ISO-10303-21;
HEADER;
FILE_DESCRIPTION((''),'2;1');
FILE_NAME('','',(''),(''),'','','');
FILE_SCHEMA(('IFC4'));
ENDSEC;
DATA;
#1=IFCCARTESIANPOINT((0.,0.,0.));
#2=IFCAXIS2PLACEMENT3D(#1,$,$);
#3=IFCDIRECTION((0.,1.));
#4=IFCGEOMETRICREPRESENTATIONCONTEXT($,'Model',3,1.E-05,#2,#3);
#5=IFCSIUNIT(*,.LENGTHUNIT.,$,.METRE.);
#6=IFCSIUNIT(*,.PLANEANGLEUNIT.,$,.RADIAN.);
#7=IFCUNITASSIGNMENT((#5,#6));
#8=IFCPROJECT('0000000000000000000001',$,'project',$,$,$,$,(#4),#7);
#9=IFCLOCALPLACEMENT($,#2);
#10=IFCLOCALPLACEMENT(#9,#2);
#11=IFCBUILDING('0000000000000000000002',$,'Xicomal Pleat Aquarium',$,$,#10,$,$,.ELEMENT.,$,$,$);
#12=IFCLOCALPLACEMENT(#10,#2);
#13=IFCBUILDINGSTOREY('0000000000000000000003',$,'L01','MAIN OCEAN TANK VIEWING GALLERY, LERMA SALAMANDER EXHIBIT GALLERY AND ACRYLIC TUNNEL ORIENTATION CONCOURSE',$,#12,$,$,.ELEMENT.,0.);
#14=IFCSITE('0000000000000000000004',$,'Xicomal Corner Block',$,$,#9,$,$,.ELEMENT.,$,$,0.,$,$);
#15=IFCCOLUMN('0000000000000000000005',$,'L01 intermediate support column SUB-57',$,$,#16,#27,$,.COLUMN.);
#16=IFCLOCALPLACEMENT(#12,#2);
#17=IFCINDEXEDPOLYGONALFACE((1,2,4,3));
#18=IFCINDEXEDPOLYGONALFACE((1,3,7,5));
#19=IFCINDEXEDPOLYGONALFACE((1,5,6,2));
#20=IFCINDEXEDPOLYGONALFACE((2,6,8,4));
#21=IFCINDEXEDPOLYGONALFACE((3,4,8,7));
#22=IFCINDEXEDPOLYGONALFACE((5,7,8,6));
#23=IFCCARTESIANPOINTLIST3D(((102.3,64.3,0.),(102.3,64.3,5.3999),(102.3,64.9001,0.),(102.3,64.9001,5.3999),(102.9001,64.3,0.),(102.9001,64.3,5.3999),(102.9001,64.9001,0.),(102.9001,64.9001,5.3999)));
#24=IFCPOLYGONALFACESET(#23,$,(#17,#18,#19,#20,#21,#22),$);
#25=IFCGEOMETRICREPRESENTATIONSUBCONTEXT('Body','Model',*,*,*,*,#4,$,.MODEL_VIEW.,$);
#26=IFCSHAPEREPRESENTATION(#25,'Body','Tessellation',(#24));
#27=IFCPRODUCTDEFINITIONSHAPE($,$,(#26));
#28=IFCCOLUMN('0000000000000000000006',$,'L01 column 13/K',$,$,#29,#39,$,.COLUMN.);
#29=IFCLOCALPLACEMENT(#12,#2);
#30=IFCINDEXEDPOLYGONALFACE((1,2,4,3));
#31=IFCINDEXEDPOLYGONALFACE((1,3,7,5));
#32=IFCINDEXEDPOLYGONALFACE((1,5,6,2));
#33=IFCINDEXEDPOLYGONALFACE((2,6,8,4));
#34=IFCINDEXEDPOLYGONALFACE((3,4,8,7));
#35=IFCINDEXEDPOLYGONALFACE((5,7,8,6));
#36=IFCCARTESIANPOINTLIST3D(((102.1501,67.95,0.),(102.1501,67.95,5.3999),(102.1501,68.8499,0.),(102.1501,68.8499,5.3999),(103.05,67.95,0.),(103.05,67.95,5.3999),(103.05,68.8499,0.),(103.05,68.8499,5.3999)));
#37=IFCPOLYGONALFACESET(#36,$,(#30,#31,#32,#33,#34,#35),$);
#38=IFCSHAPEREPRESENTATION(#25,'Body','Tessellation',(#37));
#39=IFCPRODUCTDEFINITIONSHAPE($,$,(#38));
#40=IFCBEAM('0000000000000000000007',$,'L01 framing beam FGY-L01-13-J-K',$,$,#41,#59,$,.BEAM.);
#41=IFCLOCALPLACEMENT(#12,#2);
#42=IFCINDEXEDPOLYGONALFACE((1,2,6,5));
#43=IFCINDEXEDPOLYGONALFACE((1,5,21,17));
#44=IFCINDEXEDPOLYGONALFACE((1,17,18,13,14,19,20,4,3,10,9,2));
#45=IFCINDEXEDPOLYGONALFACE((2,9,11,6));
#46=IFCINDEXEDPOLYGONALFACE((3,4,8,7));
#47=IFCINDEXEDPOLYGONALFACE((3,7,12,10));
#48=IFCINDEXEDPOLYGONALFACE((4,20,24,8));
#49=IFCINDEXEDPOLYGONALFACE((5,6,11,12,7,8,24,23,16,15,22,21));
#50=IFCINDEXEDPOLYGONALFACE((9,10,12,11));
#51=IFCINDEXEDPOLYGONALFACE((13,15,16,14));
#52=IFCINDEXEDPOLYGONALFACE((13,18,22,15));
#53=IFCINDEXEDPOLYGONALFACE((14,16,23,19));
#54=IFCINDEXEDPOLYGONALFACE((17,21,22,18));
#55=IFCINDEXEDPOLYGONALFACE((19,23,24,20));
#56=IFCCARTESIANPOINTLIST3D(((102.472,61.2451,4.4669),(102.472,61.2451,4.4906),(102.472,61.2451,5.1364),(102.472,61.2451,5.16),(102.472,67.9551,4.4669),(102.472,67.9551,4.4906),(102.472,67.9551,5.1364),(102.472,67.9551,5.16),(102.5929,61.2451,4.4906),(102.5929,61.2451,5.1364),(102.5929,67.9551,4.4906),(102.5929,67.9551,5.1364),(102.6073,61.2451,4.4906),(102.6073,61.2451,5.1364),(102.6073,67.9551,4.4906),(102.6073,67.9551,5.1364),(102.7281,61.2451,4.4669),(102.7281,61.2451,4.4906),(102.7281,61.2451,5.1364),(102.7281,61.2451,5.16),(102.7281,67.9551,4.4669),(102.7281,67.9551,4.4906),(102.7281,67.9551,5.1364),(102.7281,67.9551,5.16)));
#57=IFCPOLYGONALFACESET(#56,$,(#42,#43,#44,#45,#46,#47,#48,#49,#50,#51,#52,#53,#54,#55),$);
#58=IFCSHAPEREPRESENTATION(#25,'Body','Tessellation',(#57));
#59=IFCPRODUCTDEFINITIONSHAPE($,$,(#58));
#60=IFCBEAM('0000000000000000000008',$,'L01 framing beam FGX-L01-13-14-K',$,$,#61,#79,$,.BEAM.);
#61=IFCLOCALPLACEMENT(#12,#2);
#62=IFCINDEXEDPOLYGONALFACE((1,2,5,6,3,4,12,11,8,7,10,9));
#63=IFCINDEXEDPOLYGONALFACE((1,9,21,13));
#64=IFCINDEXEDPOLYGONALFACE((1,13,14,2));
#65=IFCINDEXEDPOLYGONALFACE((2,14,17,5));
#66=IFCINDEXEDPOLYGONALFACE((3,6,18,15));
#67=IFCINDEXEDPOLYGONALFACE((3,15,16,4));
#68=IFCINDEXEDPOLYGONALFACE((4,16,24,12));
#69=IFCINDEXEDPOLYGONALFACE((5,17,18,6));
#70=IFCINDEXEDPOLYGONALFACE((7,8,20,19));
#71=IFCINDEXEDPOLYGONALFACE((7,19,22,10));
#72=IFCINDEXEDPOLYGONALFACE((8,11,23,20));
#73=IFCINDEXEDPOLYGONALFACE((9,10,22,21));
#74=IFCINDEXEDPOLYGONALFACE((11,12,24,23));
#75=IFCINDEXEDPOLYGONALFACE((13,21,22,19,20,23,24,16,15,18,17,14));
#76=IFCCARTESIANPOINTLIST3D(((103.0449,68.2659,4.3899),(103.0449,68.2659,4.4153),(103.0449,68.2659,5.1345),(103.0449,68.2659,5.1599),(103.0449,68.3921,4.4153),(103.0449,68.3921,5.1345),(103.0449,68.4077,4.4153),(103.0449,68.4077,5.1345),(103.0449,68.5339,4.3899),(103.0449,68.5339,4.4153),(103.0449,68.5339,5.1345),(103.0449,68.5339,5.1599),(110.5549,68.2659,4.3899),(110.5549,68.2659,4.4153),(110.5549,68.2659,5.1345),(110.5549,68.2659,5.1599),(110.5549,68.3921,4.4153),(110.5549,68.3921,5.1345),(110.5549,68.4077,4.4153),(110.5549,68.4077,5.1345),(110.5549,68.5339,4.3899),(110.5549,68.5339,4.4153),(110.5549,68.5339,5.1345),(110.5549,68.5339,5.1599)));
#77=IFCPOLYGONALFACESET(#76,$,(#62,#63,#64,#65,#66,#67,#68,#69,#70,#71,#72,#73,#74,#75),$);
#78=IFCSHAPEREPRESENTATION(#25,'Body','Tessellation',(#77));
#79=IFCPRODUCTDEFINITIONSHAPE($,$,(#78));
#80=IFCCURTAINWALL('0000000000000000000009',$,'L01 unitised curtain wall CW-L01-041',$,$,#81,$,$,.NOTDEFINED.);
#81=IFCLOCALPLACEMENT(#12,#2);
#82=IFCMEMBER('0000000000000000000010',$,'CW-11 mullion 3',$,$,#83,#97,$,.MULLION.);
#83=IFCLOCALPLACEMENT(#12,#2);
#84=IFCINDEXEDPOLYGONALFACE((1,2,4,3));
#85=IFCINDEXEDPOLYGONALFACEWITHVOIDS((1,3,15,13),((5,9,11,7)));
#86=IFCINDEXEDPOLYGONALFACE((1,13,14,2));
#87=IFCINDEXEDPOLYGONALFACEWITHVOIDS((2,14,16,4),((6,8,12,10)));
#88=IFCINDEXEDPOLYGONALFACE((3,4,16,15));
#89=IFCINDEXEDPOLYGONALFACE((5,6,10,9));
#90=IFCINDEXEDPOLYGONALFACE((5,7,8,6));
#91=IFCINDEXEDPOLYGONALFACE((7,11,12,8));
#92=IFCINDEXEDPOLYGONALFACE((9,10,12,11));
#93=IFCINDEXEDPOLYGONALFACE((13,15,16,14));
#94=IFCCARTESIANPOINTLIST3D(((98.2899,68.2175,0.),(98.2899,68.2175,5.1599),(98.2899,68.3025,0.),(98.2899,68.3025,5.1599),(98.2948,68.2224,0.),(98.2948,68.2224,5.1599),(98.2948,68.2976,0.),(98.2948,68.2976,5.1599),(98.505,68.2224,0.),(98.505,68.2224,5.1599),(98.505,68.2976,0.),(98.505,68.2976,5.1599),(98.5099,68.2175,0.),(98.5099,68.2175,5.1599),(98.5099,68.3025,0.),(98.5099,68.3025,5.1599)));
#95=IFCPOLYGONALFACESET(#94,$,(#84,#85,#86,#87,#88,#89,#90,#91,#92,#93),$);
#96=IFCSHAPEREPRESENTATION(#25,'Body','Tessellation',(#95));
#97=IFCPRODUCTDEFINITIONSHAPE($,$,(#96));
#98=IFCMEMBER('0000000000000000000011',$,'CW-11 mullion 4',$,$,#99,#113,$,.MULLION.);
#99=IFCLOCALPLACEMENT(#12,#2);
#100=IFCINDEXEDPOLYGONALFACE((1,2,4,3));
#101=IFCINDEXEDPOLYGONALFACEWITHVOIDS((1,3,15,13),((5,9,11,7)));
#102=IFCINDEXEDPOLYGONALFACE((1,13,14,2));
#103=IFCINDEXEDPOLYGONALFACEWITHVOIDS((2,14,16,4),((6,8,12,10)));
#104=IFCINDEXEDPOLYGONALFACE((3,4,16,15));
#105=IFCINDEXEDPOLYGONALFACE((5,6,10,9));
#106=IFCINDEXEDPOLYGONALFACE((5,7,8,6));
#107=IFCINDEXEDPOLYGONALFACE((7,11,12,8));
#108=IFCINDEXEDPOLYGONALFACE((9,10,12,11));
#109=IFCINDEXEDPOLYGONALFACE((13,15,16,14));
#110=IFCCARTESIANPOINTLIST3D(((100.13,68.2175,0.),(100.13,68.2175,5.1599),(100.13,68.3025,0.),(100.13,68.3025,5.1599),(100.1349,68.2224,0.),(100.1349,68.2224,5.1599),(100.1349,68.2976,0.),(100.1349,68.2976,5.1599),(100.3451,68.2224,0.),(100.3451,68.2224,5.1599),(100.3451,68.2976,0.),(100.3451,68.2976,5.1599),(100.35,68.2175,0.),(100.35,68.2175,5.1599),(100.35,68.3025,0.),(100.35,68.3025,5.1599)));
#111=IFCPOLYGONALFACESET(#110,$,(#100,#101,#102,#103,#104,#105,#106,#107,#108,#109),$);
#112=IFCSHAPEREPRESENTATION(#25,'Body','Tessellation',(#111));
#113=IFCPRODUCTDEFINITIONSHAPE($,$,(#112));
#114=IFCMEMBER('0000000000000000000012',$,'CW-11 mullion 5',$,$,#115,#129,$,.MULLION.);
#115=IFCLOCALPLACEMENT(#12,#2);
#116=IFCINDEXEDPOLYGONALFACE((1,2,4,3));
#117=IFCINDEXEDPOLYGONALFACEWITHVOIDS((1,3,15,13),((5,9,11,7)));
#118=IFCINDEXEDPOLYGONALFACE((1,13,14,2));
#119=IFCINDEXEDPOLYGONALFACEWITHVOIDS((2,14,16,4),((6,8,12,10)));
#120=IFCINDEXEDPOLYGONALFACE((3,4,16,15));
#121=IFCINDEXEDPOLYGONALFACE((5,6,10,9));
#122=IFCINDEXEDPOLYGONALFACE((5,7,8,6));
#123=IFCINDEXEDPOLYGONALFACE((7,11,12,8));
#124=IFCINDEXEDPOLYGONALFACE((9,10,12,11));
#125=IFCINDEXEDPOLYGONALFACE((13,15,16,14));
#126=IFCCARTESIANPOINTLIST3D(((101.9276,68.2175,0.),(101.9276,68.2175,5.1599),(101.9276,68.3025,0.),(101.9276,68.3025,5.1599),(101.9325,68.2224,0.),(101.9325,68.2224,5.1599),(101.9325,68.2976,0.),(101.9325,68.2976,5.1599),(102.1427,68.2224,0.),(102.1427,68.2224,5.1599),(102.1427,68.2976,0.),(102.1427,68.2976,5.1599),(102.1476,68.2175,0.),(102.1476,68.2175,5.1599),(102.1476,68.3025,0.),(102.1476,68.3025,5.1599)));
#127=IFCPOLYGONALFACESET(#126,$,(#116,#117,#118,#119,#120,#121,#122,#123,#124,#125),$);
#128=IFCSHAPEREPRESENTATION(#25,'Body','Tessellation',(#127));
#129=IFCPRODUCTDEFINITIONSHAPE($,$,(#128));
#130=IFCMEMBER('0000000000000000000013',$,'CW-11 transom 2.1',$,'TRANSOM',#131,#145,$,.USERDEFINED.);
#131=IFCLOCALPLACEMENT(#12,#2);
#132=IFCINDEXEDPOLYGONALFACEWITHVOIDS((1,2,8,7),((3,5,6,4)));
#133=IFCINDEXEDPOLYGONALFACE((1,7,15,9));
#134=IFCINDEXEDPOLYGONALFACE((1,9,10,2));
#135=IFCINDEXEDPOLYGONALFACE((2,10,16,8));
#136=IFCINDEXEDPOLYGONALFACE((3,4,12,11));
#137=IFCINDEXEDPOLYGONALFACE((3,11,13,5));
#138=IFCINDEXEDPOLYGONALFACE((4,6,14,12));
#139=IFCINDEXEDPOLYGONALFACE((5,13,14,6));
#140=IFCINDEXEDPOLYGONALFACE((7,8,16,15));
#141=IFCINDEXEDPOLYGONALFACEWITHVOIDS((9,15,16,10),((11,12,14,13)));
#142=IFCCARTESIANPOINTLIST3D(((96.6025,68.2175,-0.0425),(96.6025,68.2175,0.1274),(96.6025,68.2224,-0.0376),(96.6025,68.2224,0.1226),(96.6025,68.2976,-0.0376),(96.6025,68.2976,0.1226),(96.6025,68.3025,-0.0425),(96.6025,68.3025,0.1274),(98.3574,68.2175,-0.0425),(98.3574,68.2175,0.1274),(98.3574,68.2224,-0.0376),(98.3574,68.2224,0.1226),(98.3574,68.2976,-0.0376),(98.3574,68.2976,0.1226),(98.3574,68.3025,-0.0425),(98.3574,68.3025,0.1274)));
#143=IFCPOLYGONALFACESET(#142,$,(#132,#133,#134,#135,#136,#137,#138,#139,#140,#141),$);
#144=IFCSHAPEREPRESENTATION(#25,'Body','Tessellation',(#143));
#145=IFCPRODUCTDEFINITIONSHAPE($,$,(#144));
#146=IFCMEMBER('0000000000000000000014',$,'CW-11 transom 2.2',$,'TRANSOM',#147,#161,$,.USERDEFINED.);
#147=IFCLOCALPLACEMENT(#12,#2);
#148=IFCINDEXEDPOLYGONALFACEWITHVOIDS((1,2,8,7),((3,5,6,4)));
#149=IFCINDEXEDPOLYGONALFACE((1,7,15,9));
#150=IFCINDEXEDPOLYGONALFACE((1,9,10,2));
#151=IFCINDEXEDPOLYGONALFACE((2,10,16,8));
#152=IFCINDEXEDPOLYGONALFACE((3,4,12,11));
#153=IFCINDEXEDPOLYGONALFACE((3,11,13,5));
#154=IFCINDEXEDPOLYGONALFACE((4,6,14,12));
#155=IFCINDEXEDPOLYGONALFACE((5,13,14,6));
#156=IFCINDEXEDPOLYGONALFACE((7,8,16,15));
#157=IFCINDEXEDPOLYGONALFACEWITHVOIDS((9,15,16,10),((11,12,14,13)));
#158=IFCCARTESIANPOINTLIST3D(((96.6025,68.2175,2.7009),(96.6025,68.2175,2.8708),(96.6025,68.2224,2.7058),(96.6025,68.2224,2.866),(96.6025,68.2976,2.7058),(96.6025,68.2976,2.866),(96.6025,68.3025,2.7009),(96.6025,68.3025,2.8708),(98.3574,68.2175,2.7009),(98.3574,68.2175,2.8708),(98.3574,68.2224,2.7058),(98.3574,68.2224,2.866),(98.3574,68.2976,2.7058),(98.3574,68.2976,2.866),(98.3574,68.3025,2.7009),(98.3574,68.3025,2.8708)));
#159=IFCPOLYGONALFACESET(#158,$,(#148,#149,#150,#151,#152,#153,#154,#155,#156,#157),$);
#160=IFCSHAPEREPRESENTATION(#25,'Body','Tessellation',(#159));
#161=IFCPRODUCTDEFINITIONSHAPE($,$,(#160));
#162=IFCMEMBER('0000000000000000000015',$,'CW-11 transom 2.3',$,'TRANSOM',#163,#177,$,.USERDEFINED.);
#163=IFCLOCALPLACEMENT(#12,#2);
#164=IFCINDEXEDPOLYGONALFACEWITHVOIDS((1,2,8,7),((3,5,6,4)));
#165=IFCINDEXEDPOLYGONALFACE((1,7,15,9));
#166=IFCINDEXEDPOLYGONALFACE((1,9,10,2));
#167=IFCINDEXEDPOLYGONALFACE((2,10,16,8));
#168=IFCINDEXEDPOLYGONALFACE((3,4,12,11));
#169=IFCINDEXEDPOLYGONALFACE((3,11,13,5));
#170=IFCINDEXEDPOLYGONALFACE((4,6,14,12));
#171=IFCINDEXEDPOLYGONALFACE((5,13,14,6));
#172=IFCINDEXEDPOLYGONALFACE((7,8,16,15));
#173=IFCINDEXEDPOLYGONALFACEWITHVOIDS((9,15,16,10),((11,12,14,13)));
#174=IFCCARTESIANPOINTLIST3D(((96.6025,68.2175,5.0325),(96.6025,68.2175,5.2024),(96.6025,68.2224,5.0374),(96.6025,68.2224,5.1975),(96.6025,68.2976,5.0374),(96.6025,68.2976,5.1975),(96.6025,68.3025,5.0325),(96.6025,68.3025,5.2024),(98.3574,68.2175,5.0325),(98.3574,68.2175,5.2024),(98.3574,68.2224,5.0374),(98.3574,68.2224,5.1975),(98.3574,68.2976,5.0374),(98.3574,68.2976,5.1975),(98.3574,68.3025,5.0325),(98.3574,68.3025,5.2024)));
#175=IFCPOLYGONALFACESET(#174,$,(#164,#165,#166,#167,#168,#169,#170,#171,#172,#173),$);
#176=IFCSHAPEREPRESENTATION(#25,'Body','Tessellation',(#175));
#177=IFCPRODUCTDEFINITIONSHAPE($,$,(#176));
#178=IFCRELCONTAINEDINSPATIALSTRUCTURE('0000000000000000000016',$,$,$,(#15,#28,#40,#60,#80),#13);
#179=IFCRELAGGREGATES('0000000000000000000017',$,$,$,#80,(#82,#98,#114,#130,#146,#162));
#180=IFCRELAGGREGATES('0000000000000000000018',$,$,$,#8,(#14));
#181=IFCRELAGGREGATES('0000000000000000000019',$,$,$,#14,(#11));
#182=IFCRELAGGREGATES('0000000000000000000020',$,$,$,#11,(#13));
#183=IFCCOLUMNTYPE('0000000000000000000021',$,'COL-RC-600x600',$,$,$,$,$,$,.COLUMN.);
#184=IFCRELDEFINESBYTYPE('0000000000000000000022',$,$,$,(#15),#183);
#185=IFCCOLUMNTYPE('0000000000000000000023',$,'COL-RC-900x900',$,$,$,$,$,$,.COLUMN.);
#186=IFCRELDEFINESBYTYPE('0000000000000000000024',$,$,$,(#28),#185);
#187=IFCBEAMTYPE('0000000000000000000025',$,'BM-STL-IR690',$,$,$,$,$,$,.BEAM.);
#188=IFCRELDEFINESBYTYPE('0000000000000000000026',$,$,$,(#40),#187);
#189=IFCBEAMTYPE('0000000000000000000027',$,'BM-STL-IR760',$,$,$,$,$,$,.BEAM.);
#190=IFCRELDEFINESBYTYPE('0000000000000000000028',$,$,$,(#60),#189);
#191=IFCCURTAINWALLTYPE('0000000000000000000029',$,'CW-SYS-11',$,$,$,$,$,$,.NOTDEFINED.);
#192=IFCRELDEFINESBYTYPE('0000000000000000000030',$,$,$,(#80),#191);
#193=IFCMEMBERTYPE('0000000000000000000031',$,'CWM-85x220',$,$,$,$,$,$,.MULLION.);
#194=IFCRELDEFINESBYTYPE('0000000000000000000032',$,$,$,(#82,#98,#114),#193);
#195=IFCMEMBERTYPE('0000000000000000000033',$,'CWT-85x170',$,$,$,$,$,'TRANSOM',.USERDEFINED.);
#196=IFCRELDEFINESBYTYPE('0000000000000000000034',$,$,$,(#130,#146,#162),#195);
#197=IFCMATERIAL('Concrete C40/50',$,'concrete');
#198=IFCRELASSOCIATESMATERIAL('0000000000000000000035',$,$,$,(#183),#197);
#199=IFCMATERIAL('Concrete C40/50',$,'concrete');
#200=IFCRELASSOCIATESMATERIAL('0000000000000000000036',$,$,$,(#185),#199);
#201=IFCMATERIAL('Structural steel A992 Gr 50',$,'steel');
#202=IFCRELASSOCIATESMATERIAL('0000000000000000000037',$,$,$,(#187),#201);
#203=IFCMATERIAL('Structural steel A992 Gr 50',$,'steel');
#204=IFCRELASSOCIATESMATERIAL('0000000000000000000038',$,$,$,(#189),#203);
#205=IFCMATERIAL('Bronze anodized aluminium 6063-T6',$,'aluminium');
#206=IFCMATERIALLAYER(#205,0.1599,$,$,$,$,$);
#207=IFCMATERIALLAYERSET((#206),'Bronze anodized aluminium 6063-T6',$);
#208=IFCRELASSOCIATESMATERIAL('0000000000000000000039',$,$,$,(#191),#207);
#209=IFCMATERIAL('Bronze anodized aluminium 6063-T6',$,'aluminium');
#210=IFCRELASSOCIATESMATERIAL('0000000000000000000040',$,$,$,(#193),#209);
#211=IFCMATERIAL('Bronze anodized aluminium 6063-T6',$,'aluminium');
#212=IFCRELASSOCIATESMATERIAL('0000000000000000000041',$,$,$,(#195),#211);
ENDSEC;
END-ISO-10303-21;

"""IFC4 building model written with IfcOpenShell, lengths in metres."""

from ifc_helpers import new_model, si_unit, direction, frame, origin, origin_2d, place, context, subcontext, project, spatial, rectangle, hollow_rectangle, i_section, extrude, material, layer, layer_set, material_profile, profile_set, type_object, element, aggregate, save


model = new_model("IFC4")

# Units and contexts
model_context = context("Model", 3, precision=1e-05, world=origin(), true_north=direction((0.0, 1.0)))
body_context = subcontext(model_context, "Body", "Model", "MODEL_VIEW")
ifc_project = project(units=[si_unit("LENGTHUNIT", "METRE"), si_unit("PLANEANGLEUNIT", "RADIAN")], contexts=[model_context])

# Site, building, storey
site_placement = place(None, origin())
site = spatial("IfcSite", under=ifc_project, at=site_placement, Name="Xicomal Corner Block", CompositionType="ELEMENT", RefElevation=0.0)
building_placement = place(site_placement, origin())
building = spatial("IfcBuilding", under=site, at=building_placement, Name="Xicomal Pleat Aquarium", CompositionType="ELEMENT")
storey_placement = place(building_placement, origin())
storey = spatial("IfcBuildingStorey", under=building, at=storey_placement, Name="L01", Description="MAIN OCEAN TANK VIEWING GALLERY, LERMA SALAMANDER EXHIBIT GALLERY AND ACRYLIC TUNNEL ORIENTATION CONCOURSE", CompositionType="ELEMENT", Elevation=0.0)

# Columns
ifc_material_1 = material(Name="Concrete C40/50", Category="concrete")
ifc_material_profile_1 = material_profile(ifc_material_1, rectangle(XDim=0.6001, YDim=0.6001, at=origin_2d()), Name="RC 600x600")
ifc_profile_set_1 = profile_set([ifc_material_profile_1], Name="Concrete C40/50")
column_type_1 = type_object("IfcColumnType", Name="COL-RC-600x600", PredefinedType="COLUMN", material=ifc_profile_set_1)
column_1_placement = place(storey_placement, frame((102.6001, 64.6001, 0.0), z_axis=(0.0, 0.0, 1.0), x_axis=(1.0, 0.0, 0.0)))
element("IfcColumn", 1, at=column_1_placement, inside=storey, type_object=column_type_1, Name="L01 intermediate support column SUB-57", PredefinedType="COLUMN", context=body_context, shape_type="SweptSolid", body=[
    extrude(rectangle(XDim=0.6001, YDim=0.6001, at=origin_2d()), origin(), (0.0, 0.0, 1.0), 5.3999),
])
ifc_material_2 = material(Name="Concrete C40/50", Category="concrete")
ifc_material_profile_2 = material_profile(ifc_material_2, rectangle(XDim=0.8999, YDim=0.8999, at=origin_2d()), Name="RC 900x900")
ifc_profile_set_2 = profile_set([ifc_material_profile_2], Name="Concrete C40/50")
column_type_2 = type_object("IfcColumnType", Name="COL-RC-900x900", PredefinedType="COLUMN", material=ifc_profile_set_2)
column_2_placement = place(storey_placement, frame((102.6001, 68.3999, 0.0), z_axis=(0.0, 0.0, 1.0), x_axis=(1.0, 0.0, 0.0)))
element("IfcColumn", 2, at=column_2_placement, inside=storey, type_object=column_type_2, Name="L01 column 13/K", PredefinedType="COLUMN", context=body_context, shape_type="SweptSolid", body=[
    extrude(rectangle(XDim=0.8999, YDim=0.8999, at=origin_2d()), origin(), (0.0, 0.0, 1.0), 5.3999),
])

# Beams
ifc_material_3 = material(Name="Structural steel A992 Gr 50", Category="steel")
ifc_material_profile_3 = material_profile(ifc_material_3, i_section(OverallWidth=0.2561, OverallDepth=0.6931, WebThickness=0.0144, FlangeThickness=0.0237, at=origin_2d()), Name="IR 690x170")
ifc_profile_set_3 = profile_set([ifc_material_profile_3], Name="Structural steel A992 Gr 50")
beam_type_1 = type_object("IfcBeamType", Name="BM-STL-IR690", PredefinedType="BEAM", material=ifc_profile_set_3)
beam_1_placement = place(storey_placement, frame((102.6001, 61.2451, 4.8135), z_axis=(0.0, 1.0, 0.0), x_axis=(-1.0, 0.0, 0.0)))
element("IfcBeam", 3, at=beam_1_placement, inside=storey, type_object=beam_type_1, Name="L01 framing beam FGY-L01-13-J-K", PredefinedType="BEAM", context=body_context, shape_type="SweptSolid", body=[
    extrude(i_section(OverallWidth=0.2561, OverallDepth=0.6931, WebThickness=0.0144, FlangeThickness=0.0237, at=origin_2d()), origin(), (0.0, 0.0, 1.0), 6.71),
])
ifc_material_4 = material(Name="Structural steel A992 Gr 50", Category="steel")
ifc_material_profile_4 = material_profile(ifc_material_4, i_section(OverallWidth=0.2681, OverallDepth=0.77, WebThickness=0.0156, FlangeThickness=0.0254, at=origin_2d()), Name="IR 760x196")
ifc_profile_set_4 = profile_set([ifc_material_profile_4], Name="Structural steel A992 Gr 50")
beam_type_2 = type_object("IfcBeamType", Name="BM-STL-IR760", PredefinedType="BEAM", material=ifc_profile_set_4)
beam_2_placement = place(storey_placement, frame((103.0449, 68.3999, 4.7749), z_axis=(1.0, 0.0, 0.0), x_axis=(0.0, 1.0, 0.0)))
element("IfcBeam", 4, at=beam_2_placement, inside=storey, type_object=beam_type_2, Name="L01 framing beam FGX-L01-13-14-K", PredefinedType="BEAM", context=body_context, shape_type="SweptSolid", body=[
    extrude(i_section(OverallWidth=0.2681, OverallDepth=0.77, WebThickness=0.0156, FlangeThickness=0.0254, at=origin_2d()), origin(), (0.0, 0.0, 1.0), 7.51),
])

# Curtain wall, members
ifc_material_5 = material(Name="Bronze anodized aluminium 6063-T6", Category="aluminium")
ifc_layer_1 = layer(ifc_material_5, 0.1599)
ifc_layer_set_1 = layer_set([ifc_layer_1], Name="Bronze anodized aluminium 6063-T6")
curtain_wall_type = type_object("IfcCurtainWallType", Name="CW-SYS-11", PredefinedType="NOTDEFINED", material=ifc_layer_set_1)
curtain_wall_placement = place(storey_placement, origin())
curtain_wall = element("IfcCurtainWall", 5, at=curtain_wall_placement, inside=storey, type_object=curtain_wall_type, Name="L01 unitised curtain wall CW-L01-041", PredefinedType="NOTDEFINED")
ifc_material_6 = material(Name="Bronze anodized aluminium 6063-T6", Category="aluminium")
ifc_material_profile_5 = material_profile(ifc_material_6, hollow_rectangle(XDim=0.085, YDim=0.22, WallThickness=0.0049, at=origin_2d()), Name="ALU MULL 85x220")
ifc_profile_set_5 = profile_set([ifc_material_profile_5], Name="Bronze anodized aluminium 6063-T6")
member_type_1 = type_object("IfcMemberType", Name="CWM-85x220", PredefinedType="MULLION", material=ifc_profile_set_5)
member_1_placement = place(storey_placement, frame((98.3999, 68.26, 0.0), z_axis=(0.0, 0.0, 1.0), x_axis=(0.0, 1.0, 0.0)))
member_1 = element("IfcMember", 6, at=member_1_placement, type_object=member_type_1, Name="CW-11 mullion 3", PredefinedType="MULLION", context=body_context, shape_type="SweptSolid", body=[
    extrude(hollow_rectangle(XDim=0.085, YDim=0.22, WallThickness=0.0049, at=origin_2d()), origin(), (0.0, 0.0, 1.0), 5.1599),
])
member_2_placement = place(storey_placement, frame((100.24, 68.26, 0.0), z_axis=(0.0, 0.0, 1.0), x_axis=(0.0, 1.0, 0.0)))
member_2 = element("IfcMember", 7, at=member_2_placement, type_object=member_type_1, Name="CW-11 mullion 4", PredefinedType="MULLION", context=body_context, shape_type="SweptSolid", body=[
    extrude(hollow_rectangle(XDim=0.085, YDim=0.22, WallThickness=0.0049, at=origin_2d()), origin(), (0.0, 0.0, 1.0), 5.1599),
])
member_3_placement = place(storey_placement, frame((102.0376, 68.26, 0.0), z_axis=(0.0, 0.0, 1.0), x_axis=(0.0, 1.0, 0.0)))
member_3 = element("IfcMember", 8, at=member_3_placement, type_object=member_type_1, Name="CW-11 mullion 5", PredefinedType="MULLION", context=body_context, shape_type="SweptSolid", body=[
    extrude(hollow_rectangle(XDim=0.085, YDim=0.22, WallThickness=0.0049, at=origin_2d()), origin(), (0.0, 0.0, 1.0), 5.1599),
])
ifc_material_7 = material(Name="Bronze anodized aluminium 6063-T6", Category="aluminium")
ifc_material_profile_6 = material_profile(ifc_material_7, hollow_rectangle(XDim=0.085, YDim=0.1699, WallThickness=0.0049, at=origin_2d()), Name="ALU TRAN 85x170")
ifc_profile_set_6 = profile_set([ifc_material_profile_6], Name="Bronze anodized aluminium 6063-T6")
member_type_2 = type_object("IfcMemberType", Name="CWT-85x170", ElementType="TRANSOM", PredefinedType="USERDEFINED", material=ifc_profile_set_6)
member_4_placement = place(storey_placement, frame((96.6025, 68.26, 0.0425), z_axis=(1.0, 0.0, 0.0), x_axis=(0.0, 1.0, 0.0)))
member_4 = element("IfcMember", 9, at=member_4_placement, type_object=member_type_2, Name="CW-11 transom 2.1", ObjectType="TRANSOM", PredefinedType="USERDEFINED", context=body_context, shape_type="SweptSolid", body=[
    extrude(hollow_rectangle(XDim=0.085, YDim=0.1699, WallThickness=0.0049, at=origin_2d()), origin(), (0.0, 0.0, 1.0), 1.7549),
])
member_5_placement = place(storey_placement, frame((96.6025, 68.26, 2.7859), z_axis=(1.0, 0.0, 0.0), x_axis=(0.0, 1.0, 0.0)))
member_5 = element("IfcMember", 10, at=member_5_placement, type_object=member_type_2, Name="CW-11 transom 2.2", ObjectType="TRANSOM", PredefinedType="USERDEFINED", context=body_context, shape_type="SweptSolid", body=[
    extrude(hollow_rectangle(XDim=0.085, YDim=0.1699, WallThickness=0.0049, at=origin_2d()), origin(), (0.0, 0.0, 1.0), 1.7549),
])
member_6_placement = place(storey_placement, frame((96.6025, 68.26, 5.1174), z_axis=(1.0, 0.0, 0.0), x_axis=(0.0, 1.0, 0.0)))
member_6 = element("IfcMember", 11, at=member_6_placement, type_object=member_type_2, Name="CW-11 transom 2.3", ObjectType="TRANSOM", PredefinedType="USERDEFINED", context=body_context, shape_type="SweptSolid", body=[
    extrude(hollow_rectangle(XDim=0.085, YDim=0.1699, WallThickness=0.0049, at=origin_2d()), origin(), (0.0, 0.0, 1.0), 1.7549),
])
aggregate(curtain_wall, [member_1, member_2, member_3, member_4, member_5, member_6])

save(model, "model.ifc")
